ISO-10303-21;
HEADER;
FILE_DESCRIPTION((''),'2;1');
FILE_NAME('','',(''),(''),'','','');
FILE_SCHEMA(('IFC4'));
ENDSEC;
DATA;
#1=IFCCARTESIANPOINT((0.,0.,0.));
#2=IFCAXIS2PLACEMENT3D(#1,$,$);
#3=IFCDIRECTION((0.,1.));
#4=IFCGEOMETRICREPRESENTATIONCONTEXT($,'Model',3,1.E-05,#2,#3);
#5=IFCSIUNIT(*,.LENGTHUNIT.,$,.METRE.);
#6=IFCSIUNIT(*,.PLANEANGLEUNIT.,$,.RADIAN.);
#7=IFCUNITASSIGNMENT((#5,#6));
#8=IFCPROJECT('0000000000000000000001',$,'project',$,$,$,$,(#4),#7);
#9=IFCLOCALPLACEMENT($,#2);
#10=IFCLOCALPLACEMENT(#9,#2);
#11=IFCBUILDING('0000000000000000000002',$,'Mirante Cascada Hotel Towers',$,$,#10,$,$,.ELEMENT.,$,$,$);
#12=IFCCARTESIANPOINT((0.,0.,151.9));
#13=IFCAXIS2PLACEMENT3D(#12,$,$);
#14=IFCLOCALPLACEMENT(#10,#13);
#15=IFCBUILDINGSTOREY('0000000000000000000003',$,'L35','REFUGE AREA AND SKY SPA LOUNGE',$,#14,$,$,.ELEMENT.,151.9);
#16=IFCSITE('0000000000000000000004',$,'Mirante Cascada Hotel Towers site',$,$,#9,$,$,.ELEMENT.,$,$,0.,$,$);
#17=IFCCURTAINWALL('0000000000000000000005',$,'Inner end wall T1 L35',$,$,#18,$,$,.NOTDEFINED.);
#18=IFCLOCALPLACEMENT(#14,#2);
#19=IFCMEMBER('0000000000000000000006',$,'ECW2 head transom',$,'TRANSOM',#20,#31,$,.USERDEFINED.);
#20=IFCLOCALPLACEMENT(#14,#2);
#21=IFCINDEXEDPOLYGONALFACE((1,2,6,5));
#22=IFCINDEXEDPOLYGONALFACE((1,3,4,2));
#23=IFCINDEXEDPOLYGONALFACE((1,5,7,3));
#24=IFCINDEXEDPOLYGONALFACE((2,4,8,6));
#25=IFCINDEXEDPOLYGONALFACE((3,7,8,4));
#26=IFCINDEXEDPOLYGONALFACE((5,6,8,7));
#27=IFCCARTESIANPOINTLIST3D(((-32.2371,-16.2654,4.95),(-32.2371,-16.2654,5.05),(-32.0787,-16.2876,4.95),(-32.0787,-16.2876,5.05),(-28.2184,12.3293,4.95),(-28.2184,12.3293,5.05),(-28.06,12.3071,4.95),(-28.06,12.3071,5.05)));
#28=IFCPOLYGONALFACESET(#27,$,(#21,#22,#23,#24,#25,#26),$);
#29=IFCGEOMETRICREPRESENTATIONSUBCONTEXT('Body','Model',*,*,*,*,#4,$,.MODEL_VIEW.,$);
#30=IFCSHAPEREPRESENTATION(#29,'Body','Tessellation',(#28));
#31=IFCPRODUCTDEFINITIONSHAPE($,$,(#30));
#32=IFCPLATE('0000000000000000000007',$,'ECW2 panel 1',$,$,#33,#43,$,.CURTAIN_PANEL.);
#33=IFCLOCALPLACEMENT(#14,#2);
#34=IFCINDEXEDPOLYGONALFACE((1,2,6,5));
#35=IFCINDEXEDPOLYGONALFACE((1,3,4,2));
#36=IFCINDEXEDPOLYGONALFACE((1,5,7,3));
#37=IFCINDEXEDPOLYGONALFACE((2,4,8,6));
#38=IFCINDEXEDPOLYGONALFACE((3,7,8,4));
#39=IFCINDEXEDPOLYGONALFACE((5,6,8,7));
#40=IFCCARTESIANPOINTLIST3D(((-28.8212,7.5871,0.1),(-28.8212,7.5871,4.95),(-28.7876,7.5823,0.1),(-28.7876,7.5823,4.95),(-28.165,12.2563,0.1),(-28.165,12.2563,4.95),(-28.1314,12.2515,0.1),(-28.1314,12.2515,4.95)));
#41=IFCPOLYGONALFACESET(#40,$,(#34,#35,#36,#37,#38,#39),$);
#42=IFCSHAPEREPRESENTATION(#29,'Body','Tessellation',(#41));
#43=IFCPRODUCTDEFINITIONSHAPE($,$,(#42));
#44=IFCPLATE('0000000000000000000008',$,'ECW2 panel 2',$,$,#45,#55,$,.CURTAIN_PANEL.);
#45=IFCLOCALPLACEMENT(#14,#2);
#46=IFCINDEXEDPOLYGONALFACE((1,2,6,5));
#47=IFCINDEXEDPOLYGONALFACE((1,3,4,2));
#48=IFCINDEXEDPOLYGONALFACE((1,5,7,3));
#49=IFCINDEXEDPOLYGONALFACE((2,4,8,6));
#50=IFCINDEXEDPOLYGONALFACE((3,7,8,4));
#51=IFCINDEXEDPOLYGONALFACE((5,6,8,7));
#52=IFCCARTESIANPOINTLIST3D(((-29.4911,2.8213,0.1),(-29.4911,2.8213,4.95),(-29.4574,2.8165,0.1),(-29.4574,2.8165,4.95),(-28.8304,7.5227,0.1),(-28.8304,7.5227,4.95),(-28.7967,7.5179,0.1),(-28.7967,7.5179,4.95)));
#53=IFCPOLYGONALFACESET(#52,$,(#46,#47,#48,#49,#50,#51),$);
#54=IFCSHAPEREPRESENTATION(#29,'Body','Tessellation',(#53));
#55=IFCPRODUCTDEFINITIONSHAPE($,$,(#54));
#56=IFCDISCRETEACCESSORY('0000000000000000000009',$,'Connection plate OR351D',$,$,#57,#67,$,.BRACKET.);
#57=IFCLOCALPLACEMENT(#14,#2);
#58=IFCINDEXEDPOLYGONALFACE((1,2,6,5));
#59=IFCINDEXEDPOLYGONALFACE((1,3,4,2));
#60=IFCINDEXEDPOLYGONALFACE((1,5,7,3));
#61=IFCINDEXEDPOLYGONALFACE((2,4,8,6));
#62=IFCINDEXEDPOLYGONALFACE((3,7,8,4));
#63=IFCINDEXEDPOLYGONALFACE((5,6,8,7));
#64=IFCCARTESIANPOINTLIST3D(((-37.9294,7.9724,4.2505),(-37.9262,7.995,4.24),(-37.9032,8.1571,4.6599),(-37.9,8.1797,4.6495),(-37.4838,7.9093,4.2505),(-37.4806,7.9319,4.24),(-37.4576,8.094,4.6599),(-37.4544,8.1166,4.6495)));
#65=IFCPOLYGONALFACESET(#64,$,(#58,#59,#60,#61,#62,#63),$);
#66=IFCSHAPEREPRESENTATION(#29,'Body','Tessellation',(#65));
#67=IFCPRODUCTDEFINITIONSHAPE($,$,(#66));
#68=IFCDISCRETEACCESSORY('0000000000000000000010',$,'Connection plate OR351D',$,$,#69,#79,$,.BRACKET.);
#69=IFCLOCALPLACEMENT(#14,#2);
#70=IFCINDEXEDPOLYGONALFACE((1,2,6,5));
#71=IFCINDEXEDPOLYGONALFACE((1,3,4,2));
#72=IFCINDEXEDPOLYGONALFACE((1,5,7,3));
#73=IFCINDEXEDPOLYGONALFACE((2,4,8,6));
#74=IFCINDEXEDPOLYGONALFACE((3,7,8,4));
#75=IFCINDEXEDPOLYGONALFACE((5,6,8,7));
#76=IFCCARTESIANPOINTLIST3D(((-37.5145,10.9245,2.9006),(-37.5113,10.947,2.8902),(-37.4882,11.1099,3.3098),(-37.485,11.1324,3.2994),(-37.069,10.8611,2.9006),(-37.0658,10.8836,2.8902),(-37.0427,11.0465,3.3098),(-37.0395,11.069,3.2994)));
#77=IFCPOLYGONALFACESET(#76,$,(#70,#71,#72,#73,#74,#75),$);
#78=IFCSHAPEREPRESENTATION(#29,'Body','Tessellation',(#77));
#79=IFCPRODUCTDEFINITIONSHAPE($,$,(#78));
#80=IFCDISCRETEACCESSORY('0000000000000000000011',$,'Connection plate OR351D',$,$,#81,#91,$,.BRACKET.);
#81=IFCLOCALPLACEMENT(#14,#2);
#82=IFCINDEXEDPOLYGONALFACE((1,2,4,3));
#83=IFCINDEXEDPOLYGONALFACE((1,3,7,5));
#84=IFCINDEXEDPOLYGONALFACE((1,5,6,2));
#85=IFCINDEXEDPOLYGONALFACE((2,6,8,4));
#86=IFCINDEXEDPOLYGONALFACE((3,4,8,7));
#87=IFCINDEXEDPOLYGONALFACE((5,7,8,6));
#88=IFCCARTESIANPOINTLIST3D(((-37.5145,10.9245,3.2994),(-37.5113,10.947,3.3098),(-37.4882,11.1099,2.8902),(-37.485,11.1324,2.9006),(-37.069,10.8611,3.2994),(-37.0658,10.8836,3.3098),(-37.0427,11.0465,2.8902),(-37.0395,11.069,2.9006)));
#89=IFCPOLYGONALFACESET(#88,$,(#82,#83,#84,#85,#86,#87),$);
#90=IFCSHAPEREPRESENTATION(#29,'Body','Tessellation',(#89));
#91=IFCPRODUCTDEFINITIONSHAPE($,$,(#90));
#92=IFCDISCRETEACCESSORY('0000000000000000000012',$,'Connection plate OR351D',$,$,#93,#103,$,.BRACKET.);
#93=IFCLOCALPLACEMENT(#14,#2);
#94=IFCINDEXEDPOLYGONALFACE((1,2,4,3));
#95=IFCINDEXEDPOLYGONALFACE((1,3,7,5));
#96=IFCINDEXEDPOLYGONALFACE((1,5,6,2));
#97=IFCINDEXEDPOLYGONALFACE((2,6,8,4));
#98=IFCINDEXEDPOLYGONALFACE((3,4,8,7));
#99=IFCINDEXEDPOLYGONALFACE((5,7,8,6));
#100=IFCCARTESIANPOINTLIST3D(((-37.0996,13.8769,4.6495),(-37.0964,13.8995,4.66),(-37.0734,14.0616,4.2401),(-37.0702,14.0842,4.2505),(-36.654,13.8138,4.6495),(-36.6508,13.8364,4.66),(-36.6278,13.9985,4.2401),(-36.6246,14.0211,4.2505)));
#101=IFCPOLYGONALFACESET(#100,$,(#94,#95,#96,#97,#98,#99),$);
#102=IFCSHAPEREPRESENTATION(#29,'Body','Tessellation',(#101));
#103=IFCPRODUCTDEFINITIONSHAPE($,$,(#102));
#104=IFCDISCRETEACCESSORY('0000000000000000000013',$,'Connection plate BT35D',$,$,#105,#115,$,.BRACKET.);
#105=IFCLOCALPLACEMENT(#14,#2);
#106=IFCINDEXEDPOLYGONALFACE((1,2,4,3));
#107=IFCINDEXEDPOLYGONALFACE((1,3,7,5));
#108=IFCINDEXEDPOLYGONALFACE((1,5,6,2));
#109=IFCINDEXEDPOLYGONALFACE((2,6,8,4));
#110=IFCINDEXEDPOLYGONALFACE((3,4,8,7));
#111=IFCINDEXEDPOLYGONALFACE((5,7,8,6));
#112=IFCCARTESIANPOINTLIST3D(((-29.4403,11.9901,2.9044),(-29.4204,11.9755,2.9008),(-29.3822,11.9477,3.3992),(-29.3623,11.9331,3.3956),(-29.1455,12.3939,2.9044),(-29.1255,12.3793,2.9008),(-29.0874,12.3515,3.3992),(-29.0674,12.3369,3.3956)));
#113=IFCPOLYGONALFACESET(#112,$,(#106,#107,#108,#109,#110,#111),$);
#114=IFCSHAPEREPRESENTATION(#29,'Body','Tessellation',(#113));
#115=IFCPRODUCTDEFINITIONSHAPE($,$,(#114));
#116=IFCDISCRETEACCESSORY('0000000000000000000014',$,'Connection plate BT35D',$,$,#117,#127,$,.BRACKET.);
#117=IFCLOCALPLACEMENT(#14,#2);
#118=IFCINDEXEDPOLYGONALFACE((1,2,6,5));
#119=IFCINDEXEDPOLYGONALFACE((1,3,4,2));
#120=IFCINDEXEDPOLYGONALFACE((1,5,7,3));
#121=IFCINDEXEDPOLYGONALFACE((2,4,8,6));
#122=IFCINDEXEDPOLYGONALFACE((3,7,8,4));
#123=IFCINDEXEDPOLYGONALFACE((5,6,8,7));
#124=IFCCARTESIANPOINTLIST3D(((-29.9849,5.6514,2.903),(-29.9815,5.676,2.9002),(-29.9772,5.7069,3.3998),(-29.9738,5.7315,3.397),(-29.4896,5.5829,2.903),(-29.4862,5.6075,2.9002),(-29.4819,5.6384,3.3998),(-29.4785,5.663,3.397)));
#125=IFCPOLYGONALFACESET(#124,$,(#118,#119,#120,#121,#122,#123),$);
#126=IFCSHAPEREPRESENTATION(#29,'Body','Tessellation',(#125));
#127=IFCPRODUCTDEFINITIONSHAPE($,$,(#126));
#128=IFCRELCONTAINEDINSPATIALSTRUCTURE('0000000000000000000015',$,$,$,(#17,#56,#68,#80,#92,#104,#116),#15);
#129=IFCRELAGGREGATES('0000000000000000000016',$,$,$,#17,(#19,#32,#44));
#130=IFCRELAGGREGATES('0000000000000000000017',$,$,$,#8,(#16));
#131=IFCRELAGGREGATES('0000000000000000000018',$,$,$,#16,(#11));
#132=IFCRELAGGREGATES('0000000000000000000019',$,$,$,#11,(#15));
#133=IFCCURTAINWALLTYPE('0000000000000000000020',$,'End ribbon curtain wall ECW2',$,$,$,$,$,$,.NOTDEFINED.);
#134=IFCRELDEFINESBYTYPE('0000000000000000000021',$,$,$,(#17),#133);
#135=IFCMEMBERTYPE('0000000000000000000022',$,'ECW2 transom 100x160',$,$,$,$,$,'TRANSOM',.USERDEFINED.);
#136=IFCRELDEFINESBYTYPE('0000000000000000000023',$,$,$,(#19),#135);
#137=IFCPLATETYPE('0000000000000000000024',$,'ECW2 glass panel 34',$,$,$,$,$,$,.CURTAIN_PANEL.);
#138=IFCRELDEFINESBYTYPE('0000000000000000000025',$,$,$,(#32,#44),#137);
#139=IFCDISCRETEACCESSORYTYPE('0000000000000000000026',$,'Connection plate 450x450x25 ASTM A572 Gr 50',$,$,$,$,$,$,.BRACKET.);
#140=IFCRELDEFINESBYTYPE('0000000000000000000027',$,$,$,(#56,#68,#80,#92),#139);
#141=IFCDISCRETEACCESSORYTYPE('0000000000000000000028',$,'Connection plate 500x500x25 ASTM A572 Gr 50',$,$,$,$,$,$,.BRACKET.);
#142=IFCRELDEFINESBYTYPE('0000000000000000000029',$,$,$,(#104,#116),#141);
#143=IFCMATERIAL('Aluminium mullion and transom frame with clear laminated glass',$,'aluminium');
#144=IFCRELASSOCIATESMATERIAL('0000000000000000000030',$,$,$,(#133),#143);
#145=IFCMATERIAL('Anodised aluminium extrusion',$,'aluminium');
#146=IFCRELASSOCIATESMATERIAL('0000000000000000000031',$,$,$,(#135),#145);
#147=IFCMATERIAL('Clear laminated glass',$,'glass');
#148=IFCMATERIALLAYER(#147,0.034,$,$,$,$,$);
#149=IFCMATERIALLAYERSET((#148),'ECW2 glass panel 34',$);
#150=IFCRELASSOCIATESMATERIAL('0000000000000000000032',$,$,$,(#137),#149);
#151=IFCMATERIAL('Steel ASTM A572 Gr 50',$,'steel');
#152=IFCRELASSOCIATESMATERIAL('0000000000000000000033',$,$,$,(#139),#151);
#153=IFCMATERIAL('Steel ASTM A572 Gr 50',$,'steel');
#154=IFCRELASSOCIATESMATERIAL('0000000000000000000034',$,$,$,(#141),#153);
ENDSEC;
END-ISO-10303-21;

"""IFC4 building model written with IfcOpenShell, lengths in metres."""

from ifc_helpers import new_model, si_unit, direction, frame, origin, origin_2d, place, context, subcontext, project, spatial, rectangle, extrude, material, layer, layer_set, material_profile, profile_set, type_object, element, aggregate, save


model = new_model("IFC4")

# Units and contexts
model_context = context("Model", 3, precision=1e-05, world=origin(), true_north=direction((0.0, 1.0)))
body_context = subcontext(model_context, "Body", "Model", "MODEL_VIEW")
ifc_project = project(units=[si_unit("LENGTHUNIT", "METRE"), si_unit("PLANEANGLEUNIT", "RADIAN")], contexts=[model_context])

# Site, building, storey
site_placement = place(None, origin())
site = spatial("IfcSite", under=ifc_project, at=site_placement, Name="Mirante Cascada Hotel Towers site", CompositionType="ELEMENT", RefElevation=0.0)
building_placement = place(site_placement, origin())
building = spatial("IfcBuilding", under=site, at=building_placement, Name="Mirante Cascada Hotel Towers", CompositionType="ELEMENT")
storey_placement = place(building_placement, frame((0.0, 0.0, 151.9)))
storey = spatial("IfcBuildingStorey", under=building, at=storey_placement, Name="L35", Description="REFUGE AREA AND SKY SPA LOUNGE", CompositionType="ELEMENT", Elevation=151.9)

# Curtain wall, member, plates
ifc_material_1 = material(Name="Aluminium mullion and transom frame with clear laminated glass", Category="aluminium")
curtain_wall_type = type_object("IfcCurtainWallType", Name="End ribbon curtain wall ECW2", PredefinedType="NOTDEFINED", material=ifc_material_1)
curtain_wall_placement = place(storey_placement, origin())
curtain_wall = element("IfcCurtainWall", 1, at=curtain_wall_placement, inside=storey, type_object=curtain_wall_type, Name="Inner end wall T1 L35", PredefinedType="NOTDEFINED")
ifc_material_2 = material(Name="Anodised aluminium extrusion", Category="aluminium")
ifc_material_profile_1 = material_profile(ifc_material_2, rectangle(XDim=0.16, YDim=0.1, at=origin_2d()), Name="ECW2 TRANSOM 100x160")
ifc_profile_set_1 = profile_set([ifc_material_profile_1], Name="Anodised aluminium extrusion")
member_type_1 = type_object("IfcMemberType", Name="ECW2 transom 100x160", ElementType="TRANSOM", PredefinedType="USERDEFINED", material=ifc_profile_set_1)
member_1_placement = place(storey_placement, frame((-28.1392, 12.3182, 5.0), z_axis=(-0.139172, -0.990268, 0.0), x_axis=(0.990268, -0.139172, 0.0)))
member_1 = element("IfcMember", 2, at=member_1_placement, type_object=member_type_1, Name="ECW2 head transom", ObjectType="TRANSOM", PredefinedType="USERDEFINED", context=body_context, shape_type="SweptSolid", body=[
    extrude(rectangle(XDim=0.16, YDim=0.1, at=origin_2d()), origin(), (0.0, 0.0, 1.0), 28.8757),
])
ifc_material_3 = material(Name="Clear laminated glass", Category="glass")
ifc_layer = layer(ifc_material_3, 0.034)
ifc_layer_set = layer_set([ifc_layer], Name="ECW2 glass panel 34")
plate_type = type_object("IfcPlateType", Name="ECW2 glass panel 34", PredefinedType="CURTAIN_PANEL", material=ifc_layer_set)
plate_1_placement = place(storey_placement, frame((-28.4763, 9.9193, 0.1), z_axis=(0.0, 0.0, 1.0), x_axis=(-0.139173, -0.990268, 0.0)))
plate_1 = element("IfcPlate", 3, at=plate_1_placement, type_object=plate_type, Name="ECW2 panel 1", PredefinedType="CURTAIN_PANEL", context=body_context, shape_type="SweptSolid", body=[
    extrude(rectangle(XDim=4.7151, YDim=0.034, at=origin_2d()), origin(), (0.0, 0.0, 1.0), 4.85),
])
plate_2_placement = place(storey_placement, frame((-29.1439, 5.1696, 0.1), z_axis=(0.0, 0.0, 1.0), x_axis=(-0.139173, -0.990268, 0.0)))
plate_2 = element("IfcPlate", 4, at=plate_2_placement, type_object=plate_type, Name="ECW2 panel 2", PredefinedType="CURTAIN_PANEL", context=body_context, shape_type="SweptSolid", body=[
    extrude(rectangle(XDim=4.7476, YDim=0.034, at=origin_2d()), origin(), (0.0, 0.0, 1.0), 4.85),
])
aggregate(curtain_wall, [member_1, plate_1, plate_2])

# Discrete accessories
ifc_material_4 = material(Name="Steel ASTM A572 Gr 50", Category="steel")
ifc_material_profile_2 = material_profile(ifc_material_4, rectangle(XDim=0.45, YDim=0.45, at=origin_2d()), Name="Connection plate 450x450x25 ASTM A572 Gr 50")
ifc_profile_set_2 = profile_set([ifc_material_profile_2], Name="Steel ASTM A572 Gr 50")
discrete_accessory_type_1 = type_object("IfcDiscreteAccessoryType", Name="Connection plate 450x450x25 ASTM A572 Gr 50", PredefinedType="BRACKET", material=ifc_profile_set_2)
discrete_accessory_1_placement = place(storey_placement, frame((-37.6935, 8.0332, 4.4552), z_axis=(0.127576, 0.901006, -0.414622), x_axis=(-0.990124, 0.140194, 0.0)))
element("IfcDiscreteAccessory", 5, at=discrete_accessory_1_placement, inside=storey, type_object=discrete_accessory_type_1, Name="Connection plate OR351D", PredefinedType="BRACKET", context=body_context, shape_type="SweptSolid", body=[
    extrude(rectangle(XDim=0.45, YDim=0.45, at=origin_2d()), origin(), (0.0, 0.0, 1.0), 0.0251),
])
for number, where, z_axis, x_axis, name in (
    (6, (-37.2786, 10.9855, 3.1052), (0.128036, 0.900252, -0.416117), (-0.990037, 0.140805, 0.0), "Connection plate OR351D"),
    (7, (-37.2786, 10.9855, 3.0948), (0.128036, 0.900252, 0.416117), (-0.990037, 0.140805, 0.0), "Connection plate OR351D"),
):
    element("IfcDiscreteAccessory", number, at=place(storey_placement, frame(where, z_axis=z_axis, x_axis=x_axis)), inside=storey, type_object=discrete_accessory_type_1, Name=name, PredefinedType="BRACKET", context=body_context, shape_type="SweptSolid", body=[
        extrude(rectangle(XDim=0.45, YDim=0.45, at=origin_2d()), origin(), (0.0, 0.0, 1.0), 0.025),
    ])
discrete_accessory_2_placement = place(storey_placement, frame((-36.8637, 13.9377, 4.4448), z_axis=(0.127576, 0.901006, 0.414622), x_axis=(-0.990124, 0.140194, 0.0)))
element("IfcDiscreteAccessory", 8, at=discrete_accessory_2_placement, inside=storey, type_object=discrete_accessory_type_1, Name="Connection plate OR351D", PredefinedType="BRACKET", context=body_context, shape_type="SweptSolid", body=[
    extrude(rectangle(XDim=0.45, YDim=0.45, at=origin_2d()), origin(), (0.0, 0.0, 1.0), 0.0251),
])
ifc_material_5 = material(Name="Steel ASTM A572 Gr 50", Category="steel")
ifc_material_profile_3 = material_profile(ifc_material_5, rectangle(XDim=0.5, YDim=0.5, at=origin_2d()), Name="Connection plate 500x500x25 ASTM A572 Gr 50")
ifc_profile_set_3 = profile_set([ifc_material_profile_3], Name="Steel ASTM A572 Gr 50")
discrete_accessory_type_2 = type_object("IfcDiscreteAccessoryType", Name="Connection plate 500x500x25 ASTM A572 Gr 50", PredefinedType="BRACKET", material=ifc_profile_set_3)
for number, where, z_axis, x_axis, name in (
    (9, (-29.2439, 12.1562, 3.1482), (-0.799284, 0.583477, 0.143871), (-0.589611, -0.807687, 0.0), "Connection plate BT35D"),
    (10, (-29.7334, 5.6449, 3.1514), (0.136048, 0.984347, -0.112039), (-0.990583, 0.13691, 0.0), "Connection plate BT35D"),
):
    element("IfcDiscreteAccessory", number, at=place(storey_placement, frame(where, z_axis=z_axis, x_axis=x_axis)), inside=storey, type_object=discrete_accessory_type_2, Name=name, PredefinedType="BRACKET", context=body_context, shape_type="SweptSolid", body=[
        extrude(rectangle(XDim=0.5, YDim=0.5, at=origin_2d()), origin(), (0.0, 0.0, 1.0), 0.025),
    ])

save(model, "model.ifc")
